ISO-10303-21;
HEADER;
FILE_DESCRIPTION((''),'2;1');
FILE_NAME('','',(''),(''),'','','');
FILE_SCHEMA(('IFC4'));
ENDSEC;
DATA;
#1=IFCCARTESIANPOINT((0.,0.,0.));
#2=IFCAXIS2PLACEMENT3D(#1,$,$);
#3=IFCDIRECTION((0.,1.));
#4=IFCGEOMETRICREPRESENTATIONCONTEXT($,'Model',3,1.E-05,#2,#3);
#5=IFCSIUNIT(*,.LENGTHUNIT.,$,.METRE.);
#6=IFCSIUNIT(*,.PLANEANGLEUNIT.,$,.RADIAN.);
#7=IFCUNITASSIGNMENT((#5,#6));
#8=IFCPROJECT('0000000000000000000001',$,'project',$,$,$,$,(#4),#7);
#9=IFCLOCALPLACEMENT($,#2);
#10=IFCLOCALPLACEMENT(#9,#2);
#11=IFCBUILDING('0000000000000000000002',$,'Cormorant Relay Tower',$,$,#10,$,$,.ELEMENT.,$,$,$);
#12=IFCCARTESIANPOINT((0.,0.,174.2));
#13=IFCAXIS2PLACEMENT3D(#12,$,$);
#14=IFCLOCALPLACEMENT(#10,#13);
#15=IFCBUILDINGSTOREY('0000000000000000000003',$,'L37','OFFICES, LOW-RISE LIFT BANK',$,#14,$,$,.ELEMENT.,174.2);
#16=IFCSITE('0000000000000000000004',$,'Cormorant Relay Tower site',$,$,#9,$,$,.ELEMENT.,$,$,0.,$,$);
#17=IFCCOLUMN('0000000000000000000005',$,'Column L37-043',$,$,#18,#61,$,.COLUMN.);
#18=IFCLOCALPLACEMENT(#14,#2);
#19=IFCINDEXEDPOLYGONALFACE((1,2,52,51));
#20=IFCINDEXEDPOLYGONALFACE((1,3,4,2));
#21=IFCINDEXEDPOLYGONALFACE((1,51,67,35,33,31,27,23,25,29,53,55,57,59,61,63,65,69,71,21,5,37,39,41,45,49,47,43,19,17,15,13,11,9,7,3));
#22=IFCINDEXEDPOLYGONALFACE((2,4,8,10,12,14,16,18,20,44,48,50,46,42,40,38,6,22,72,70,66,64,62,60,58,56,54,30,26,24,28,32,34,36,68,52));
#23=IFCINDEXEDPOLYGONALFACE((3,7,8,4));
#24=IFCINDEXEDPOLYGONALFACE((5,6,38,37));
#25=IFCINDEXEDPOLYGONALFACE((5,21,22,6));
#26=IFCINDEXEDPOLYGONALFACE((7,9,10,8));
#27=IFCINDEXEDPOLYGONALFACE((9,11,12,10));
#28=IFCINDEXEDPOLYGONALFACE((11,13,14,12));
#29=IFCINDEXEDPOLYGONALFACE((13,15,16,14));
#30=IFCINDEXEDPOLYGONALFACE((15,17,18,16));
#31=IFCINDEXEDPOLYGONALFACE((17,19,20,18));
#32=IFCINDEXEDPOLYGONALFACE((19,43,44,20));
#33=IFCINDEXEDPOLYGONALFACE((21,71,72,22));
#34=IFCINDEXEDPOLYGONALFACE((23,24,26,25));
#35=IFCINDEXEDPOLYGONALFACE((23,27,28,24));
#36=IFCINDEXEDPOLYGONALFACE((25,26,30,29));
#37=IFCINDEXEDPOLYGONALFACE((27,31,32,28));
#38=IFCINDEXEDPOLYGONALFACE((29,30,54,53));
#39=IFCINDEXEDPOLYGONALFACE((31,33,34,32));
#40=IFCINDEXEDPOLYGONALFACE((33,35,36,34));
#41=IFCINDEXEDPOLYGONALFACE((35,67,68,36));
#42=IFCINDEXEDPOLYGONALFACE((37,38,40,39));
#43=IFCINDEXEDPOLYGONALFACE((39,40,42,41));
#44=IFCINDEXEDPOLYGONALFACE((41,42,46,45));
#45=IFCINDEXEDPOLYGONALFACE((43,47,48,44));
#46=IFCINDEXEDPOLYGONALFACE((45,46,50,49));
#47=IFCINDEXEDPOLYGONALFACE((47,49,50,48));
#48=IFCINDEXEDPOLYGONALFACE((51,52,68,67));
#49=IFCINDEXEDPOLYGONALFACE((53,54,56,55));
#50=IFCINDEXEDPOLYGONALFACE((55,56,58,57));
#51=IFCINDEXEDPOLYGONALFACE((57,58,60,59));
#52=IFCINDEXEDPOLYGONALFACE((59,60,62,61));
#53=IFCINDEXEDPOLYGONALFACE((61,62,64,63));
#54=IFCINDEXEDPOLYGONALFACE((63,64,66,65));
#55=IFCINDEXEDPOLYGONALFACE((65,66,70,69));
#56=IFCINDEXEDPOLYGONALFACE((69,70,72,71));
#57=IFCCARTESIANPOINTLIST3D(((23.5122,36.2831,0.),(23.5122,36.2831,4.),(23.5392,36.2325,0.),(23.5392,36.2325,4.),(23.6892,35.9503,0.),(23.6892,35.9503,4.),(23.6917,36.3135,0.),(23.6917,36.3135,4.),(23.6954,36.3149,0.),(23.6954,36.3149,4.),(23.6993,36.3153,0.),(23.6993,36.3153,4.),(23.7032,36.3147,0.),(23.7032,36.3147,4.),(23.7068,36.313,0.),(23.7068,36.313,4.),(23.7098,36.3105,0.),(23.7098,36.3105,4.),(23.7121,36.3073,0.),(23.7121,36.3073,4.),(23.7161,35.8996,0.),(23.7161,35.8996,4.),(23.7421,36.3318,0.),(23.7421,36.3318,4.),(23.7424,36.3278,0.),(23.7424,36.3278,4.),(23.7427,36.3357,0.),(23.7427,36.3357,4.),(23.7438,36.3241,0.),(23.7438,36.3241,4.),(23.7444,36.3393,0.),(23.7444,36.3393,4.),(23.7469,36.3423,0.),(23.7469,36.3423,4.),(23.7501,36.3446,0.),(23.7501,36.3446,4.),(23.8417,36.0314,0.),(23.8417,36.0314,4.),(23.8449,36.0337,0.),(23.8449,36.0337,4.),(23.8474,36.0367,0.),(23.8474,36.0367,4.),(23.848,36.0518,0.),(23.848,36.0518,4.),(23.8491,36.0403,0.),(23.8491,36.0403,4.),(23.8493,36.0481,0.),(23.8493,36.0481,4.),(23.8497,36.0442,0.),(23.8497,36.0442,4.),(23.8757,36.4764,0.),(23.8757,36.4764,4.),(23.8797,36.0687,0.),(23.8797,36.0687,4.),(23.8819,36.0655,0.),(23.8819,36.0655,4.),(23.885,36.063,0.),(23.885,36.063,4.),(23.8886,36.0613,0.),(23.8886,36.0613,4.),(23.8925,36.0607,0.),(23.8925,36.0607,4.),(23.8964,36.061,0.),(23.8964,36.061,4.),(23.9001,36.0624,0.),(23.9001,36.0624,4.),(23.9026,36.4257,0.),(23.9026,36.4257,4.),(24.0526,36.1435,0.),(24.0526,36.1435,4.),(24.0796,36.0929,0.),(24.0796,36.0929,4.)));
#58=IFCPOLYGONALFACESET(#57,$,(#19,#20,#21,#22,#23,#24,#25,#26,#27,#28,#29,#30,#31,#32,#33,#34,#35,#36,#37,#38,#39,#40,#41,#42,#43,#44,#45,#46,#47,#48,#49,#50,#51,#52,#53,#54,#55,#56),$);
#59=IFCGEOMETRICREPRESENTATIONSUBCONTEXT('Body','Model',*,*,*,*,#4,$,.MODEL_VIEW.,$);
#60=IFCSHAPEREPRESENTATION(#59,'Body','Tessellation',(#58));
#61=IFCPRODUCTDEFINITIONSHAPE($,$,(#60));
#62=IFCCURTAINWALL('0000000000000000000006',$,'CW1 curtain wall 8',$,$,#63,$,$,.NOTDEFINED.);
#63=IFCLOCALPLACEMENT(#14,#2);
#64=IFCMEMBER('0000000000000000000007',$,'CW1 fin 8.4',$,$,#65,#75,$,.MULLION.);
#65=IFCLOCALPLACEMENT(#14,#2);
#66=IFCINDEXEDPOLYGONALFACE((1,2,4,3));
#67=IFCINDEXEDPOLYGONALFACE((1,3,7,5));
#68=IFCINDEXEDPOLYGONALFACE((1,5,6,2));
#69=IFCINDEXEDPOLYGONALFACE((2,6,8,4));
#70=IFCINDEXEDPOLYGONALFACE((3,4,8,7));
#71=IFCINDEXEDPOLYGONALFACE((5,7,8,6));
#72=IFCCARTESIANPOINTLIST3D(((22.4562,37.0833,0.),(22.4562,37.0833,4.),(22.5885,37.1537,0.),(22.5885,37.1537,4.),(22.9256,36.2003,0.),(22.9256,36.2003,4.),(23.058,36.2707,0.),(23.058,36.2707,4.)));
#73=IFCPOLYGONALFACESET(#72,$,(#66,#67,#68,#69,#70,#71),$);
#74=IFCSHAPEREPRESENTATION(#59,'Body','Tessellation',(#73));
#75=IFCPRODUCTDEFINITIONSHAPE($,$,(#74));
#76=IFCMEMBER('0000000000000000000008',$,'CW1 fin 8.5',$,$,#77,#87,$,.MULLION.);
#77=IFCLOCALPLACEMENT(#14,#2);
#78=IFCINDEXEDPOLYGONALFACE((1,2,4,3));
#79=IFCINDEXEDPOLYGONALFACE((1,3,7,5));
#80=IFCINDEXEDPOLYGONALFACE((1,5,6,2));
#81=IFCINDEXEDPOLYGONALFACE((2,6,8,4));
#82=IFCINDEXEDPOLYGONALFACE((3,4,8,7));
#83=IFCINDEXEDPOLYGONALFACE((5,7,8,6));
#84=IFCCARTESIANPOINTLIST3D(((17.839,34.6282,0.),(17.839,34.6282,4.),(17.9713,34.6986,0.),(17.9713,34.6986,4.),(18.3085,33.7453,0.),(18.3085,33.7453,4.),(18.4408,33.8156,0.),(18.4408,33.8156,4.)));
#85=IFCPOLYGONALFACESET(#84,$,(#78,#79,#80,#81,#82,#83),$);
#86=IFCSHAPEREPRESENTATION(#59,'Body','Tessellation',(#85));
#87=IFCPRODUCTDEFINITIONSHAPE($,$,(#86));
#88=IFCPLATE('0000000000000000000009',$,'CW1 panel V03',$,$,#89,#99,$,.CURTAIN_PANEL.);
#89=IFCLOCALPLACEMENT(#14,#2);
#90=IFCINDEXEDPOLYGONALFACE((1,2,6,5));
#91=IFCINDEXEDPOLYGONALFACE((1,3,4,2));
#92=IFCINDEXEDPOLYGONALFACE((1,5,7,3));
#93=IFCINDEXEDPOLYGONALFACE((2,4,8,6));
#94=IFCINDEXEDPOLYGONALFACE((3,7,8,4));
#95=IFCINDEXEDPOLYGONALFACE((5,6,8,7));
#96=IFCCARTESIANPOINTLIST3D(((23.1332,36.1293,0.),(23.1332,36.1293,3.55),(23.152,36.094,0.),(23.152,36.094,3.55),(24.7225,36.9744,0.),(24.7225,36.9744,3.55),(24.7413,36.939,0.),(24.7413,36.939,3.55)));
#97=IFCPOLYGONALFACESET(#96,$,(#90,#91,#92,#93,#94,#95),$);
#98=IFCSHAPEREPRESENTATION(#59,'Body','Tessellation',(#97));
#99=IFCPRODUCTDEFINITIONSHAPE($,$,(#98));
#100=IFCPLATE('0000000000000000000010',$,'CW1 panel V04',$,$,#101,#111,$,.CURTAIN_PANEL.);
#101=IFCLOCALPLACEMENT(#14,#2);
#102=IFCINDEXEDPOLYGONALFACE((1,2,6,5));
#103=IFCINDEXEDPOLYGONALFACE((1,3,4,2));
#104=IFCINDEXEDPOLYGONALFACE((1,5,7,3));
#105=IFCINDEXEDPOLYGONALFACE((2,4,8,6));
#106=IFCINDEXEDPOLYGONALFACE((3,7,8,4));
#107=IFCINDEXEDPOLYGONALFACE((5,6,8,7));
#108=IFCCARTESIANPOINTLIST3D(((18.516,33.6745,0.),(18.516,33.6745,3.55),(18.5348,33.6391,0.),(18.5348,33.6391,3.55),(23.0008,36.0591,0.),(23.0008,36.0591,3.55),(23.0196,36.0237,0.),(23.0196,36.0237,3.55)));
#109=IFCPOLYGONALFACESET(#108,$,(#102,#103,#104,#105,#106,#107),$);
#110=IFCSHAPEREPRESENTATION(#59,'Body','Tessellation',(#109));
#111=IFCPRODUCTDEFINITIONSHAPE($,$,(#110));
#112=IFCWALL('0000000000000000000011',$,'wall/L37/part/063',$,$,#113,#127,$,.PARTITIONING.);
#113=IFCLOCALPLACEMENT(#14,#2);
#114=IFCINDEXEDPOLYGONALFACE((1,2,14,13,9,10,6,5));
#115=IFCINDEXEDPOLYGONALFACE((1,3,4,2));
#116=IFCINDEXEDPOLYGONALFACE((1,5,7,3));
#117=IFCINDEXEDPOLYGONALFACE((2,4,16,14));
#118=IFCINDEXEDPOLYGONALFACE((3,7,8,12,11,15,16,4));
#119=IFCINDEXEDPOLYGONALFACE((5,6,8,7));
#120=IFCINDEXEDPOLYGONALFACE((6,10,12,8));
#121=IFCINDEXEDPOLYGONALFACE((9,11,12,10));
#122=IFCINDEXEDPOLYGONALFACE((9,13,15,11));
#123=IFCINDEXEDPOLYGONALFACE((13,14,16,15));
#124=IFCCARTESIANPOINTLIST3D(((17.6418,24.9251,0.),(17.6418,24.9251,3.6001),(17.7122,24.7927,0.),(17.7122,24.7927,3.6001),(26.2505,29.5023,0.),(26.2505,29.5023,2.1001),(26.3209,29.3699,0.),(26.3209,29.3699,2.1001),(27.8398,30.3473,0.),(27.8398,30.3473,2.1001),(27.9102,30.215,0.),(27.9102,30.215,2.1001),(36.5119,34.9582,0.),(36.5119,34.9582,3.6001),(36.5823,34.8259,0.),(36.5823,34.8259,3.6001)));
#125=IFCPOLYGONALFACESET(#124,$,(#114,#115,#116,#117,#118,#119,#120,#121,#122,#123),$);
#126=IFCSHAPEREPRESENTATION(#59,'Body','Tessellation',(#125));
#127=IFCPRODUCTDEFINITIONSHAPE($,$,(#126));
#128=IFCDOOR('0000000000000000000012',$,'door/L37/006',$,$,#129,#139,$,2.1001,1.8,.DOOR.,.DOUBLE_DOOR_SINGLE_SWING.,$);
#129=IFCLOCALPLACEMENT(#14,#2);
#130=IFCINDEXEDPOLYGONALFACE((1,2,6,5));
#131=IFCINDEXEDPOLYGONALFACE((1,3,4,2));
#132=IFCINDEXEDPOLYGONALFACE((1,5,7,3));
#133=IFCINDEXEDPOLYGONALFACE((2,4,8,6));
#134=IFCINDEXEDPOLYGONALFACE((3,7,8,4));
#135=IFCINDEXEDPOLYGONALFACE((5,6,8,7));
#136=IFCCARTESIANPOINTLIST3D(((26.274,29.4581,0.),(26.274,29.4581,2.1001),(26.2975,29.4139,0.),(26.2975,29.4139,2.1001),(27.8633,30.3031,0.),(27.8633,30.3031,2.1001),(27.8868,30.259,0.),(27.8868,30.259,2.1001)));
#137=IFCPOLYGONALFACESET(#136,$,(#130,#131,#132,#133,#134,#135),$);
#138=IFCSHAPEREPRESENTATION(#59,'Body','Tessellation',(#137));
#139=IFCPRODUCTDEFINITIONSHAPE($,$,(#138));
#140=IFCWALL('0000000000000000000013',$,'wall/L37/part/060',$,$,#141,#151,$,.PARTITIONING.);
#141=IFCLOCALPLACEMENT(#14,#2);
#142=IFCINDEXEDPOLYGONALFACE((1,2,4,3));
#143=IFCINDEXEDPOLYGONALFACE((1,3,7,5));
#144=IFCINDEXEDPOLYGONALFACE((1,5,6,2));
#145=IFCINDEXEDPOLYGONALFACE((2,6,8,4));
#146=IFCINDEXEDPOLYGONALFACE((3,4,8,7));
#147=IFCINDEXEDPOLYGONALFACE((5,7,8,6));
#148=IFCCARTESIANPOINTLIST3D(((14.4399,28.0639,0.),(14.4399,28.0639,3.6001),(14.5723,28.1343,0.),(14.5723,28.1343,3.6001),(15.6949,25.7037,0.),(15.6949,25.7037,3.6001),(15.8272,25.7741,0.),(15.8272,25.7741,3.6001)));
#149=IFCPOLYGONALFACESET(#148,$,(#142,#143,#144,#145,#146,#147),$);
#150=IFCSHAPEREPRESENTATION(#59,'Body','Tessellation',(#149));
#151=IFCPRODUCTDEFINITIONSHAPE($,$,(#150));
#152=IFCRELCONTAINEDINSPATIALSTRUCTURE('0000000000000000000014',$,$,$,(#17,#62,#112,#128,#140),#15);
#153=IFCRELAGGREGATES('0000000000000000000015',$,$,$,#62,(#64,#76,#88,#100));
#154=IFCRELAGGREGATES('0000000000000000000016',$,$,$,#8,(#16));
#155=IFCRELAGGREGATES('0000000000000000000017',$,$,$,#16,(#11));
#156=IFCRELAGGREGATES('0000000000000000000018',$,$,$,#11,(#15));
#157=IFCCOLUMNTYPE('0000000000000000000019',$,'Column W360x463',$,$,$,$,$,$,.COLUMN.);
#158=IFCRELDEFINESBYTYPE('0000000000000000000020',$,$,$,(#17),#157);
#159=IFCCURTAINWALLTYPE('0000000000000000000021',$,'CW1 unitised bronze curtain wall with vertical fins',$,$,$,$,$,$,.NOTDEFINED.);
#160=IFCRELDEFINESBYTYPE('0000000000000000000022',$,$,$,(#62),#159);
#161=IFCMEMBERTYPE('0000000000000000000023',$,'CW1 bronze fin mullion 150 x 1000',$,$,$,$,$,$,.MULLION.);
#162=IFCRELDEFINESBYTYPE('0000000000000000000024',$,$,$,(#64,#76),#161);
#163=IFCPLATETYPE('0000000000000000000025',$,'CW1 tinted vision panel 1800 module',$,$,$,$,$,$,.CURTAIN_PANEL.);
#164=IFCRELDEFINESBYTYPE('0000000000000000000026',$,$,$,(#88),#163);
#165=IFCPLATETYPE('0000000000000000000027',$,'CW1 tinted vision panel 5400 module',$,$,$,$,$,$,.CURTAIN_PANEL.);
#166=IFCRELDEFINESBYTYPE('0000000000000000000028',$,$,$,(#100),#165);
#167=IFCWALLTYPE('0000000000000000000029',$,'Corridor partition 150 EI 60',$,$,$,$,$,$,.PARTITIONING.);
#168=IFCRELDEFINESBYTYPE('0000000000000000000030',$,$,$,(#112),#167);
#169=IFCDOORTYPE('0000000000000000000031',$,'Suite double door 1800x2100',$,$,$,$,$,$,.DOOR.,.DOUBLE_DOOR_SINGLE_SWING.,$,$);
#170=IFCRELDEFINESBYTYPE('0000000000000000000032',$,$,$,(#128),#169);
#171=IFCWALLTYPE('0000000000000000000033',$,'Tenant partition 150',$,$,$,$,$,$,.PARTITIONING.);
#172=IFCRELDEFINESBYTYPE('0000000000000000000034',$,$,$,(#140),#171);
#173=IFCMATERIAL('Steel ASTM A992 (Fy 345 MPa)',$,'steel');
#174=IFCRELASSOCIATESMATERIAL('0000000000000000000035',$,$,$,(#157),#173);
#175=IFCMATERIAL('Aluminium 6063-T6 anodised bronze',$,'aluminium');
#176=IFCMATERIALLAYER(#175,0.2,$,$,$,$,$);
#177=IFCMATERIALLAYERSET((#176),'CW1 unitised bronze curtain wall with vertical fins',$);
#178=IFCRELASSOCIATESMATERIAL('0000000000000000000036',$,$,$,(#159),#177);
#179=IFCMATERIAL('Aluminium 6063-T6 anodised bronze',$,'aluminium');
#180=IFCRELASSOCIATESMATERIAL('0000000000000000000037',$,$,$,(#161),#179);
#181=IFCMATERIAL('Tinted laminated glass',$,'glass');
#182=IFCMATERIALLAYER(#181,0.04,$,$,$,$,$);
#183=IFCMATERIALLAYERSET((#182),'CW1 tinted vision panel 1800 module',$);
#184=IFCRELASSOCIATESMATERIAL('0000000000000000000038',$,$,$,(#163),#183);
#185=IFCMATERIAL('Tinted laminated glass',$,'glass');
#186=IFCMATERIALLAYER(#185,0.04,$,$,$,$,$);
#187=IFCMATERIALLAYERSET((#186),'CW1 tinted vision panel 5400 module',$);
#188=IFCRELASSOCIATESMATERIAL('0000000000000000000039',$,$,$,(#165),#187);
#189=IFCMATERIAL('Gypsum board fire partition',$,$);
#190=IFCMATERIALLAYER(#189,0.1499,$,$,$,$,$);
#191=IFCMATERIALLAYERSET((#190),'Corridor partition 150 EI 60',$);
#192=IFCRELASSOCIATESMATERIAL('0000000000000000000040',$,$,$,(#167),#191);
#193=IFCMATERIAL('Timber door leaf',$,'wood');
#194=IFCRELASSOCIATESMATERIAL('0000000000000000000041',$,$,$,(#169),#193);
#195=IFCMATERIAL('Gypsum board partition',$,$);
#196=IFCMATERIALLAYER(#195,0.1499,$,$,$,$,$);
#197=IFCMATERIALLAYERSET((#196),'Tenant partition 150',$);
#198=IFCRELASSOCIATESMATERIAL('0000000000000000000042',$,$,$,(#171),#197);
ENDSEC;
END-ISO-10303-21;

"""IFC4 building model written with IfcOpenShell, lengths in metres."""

from ifc_helpers import new_model, si_unit, direction, frame, frame_2d, origin, origin_2d, place, context, subcontext, project, spatial, rectangle, i_section, extrude, material, layer, layer_set, material_profile, profile_set, type_object, element, fill, aggregate, save


model = new_model("IFC4")

# Units and contexts
model_context = context("Model", 3, precision=1e-05, world=origin(), true_north=direction((0.0, 1.0)))
body_context = subcontext(model_context, "Body", "Model", "MODEL_VIEW")
ifc_project = project(units=[si_unit("LENGTHUNIT", "METRE"), si_unit("PLANEANGLEUNIT", "RADIAN")], contexts=[model_context])

# Site, building, storey
site_placement = place(None, origin())
site = spatial("IfcSite", under=ifc_project, at=site_placement, Name="Cormorant Relay Tower site", CompositionType="ELEMENT", RefElevation=0.0)
building_placement = place(site_placement, origin())
building = spatial("IfcBuilding", under=site, at=building_placement, Name="Cormorant Relay Tower", CompositionType="ELEMENT")
storey_placement = place(building_placement, frame((0.0, 0.0, 174.2)))
storey = spatial("IfcBuildingStorey", under=building, at=storey_placement, Name="L37", Description="OFFICES, LOW-RISE LIFT BANK", CompositionType="ELEMENT", Elevation=174.2)

# Column
ifc_material_1 = material(Name="Steel ASTM A992 (Fy 345 MPa)", Category="steel")
ifc_material_profile_1 = material_profile(ifc_material_1, i_section(OverallWidth=0.4116, OverallDepth=0.4343, WebThickness=0.0359, FlangeThickness=0.0574, FilletRadius=0.0151, at=origin_2d()), Name="W360x463")
ifc_profile_set_1 = profile_set([ifc_material_profile_1], Name="Steel ASTM A992 (Fy 345 MPa)")
column_type = type_object("IfcColumnType", Name="Column W360x463", PredefinedType="COLUMN", material=ifc_profile_set_1)
column_placement = place(storey_placement, frame((23.7959, 36.188, 0.0), z_axis=(0.0, 0.0, 1.0), x_axis=(-0.882948, -0.469472, 0.0)))
element("IfcColumn", 1, at=column_placement, inside=storey, type_object=column_type, Name="Column L37-043", PredefinedType="COLUMN", context=body_context, shape_type="SweptSolid", body=[
    extrude(i_section(OverallWidth=0.4116, OverallDepth=0.4343, WebThickness=0.0359, FlangeThickness=0.0574, FilletRadius=0.0151, at=origin_2d()), origin(), (0.0, 0.0, 1.0), 4.0),
])

# Curtain wall, members, plates
ifc_material_2 = material(Name="Aluminium 6063-T6 anodised bronze", Category="aluminium")
ifc_layer_1 = layer(ifc_material_2, 0.2)
ifc_layer_set_1 = layer_set([ifc_layer_1], Name="CW1 unitised bronze curtain wall with vertical fins")
curtain_wall_type = type_object("IfcCurtainWallType", Name="CW1 unitised bronze curtain wall with vertical fins", PredefinedType="NOTDEFINED", material=ifc_layer_set_1)
curtain_wall_placement = place(storey_placement, origin())
curtain_wall = element("IfcCurtainWall", 2, at=curtain_wall_placement, inside=storey, type_object=curtain_wall_type, Name="CW1 curtain wall 8", PredefinedType="NOTDEFINED")
ifc_material_3 = material(Name="Aluminium 6063-T6 anodised bronze", Category="aluminium")
ifc_material_profile_2 = material_profile(ifc_material_3, rectangle(XDim=0.1499, YDim=1.0, at=origin_2d()), Name="AL 150x1000")
ifc_profile_set_2 = profile_set([ifc_material_profile_2], Name="Aluminium 6063-T6 anodised bronze")
member_type = type_object("IfcMemberType", Name="CW1 bronze fin mullion 150 x 1000", PredefinedType="MULLION", material=ifc_profile_set_2)
member_1_placement = place(storey_placement, frame((22.7571, 36.677, 0.0), z_axis=(0.0, 0.0, 1.0), x_axis=(-0.882948, -0.469472, 0.0)))
member_1 = element("IfcMember", 3, at=member_1_placement, type_object=member_type, Name="CW1 fin 8.4", PredefinedType="MULLION", context=body_context, shape_type="SweptSolid", body=[
    extrude(rectangle(XDim=0.1499, YDim=1.0, at=origin_2d()), origin(), (0.0, 0.0, 1.0), 4.0),
])
member_2_placement = place(storey_placement, frame((18.1399, 34.2219, 0.0), z_axis=(0.0, 0.0, 1.0), x_axis=(-0.882948, -0.469472, 0.0)))
member_2 = element("IfcMember", 4, at=member_2_placement, type_object=member_type, Name="CW1 fin 8.5", PredefinedType="MULLION", context=body_context, shape_type="SweptSolid", body=[
    extrude(rectangle(XDim=0.1499, YDim=1.0, at=origin_2d()), origin(), (0.0, 0.0, 1.0), 4.0),
])
ifc_material_4 = material(Name="Tinted laminated glass", Category="glass")
ifc_layer_2 = layer(ifc_material_4, 0.04)
ifc_layer_set_2 = layer_set([ifc_layer_2], Name="CW1 tinted vision panel 1800 module")
plate_type_1 = type_object("IfcPlateType", Name="CW1 tinted vision panel 1800 module", PredefinedType="CURTAIN_PANEL", material=ifc_layer_set_2)
plate_1_placement = place(storey_placement, frame((23.9373, 36.5342, 0.0), z_axis=(0.0, 0.0, 1.0), x_axis=(-0.882948, -0.469472, 0.0)))
plate_1 = element("IfcPlate", 5, at=plate_1_placement, type_object=plate_type_1, Name="CW1 panel V03", PredefinedType="CURTAIN_PANEL", context=body_context, shape_type="SweptSolid", body=[
    extrude(rectangle(XDim=1.8, YDim=0.04, at=origin_2d()), origin(), (0.0, 0.0, 1.0), 3.55),
])
ifc_material_5 = material(Name="Tinted laminated glass", Category="glass")
ifc_layer_3 = layer(ifc_material_5, 0.04)
ifc_layer_set_3 = layer_set([ifc_layer_3], Name="CW1 tinted vision panel 5400 module")
plate_type_2 = type_object("IfcPlateType", Name="CW1 tinted vision panel 5400 module", PredefinedType="CURTAIN_PANEL", material=ifc_layer_set_3)
plate_2_placement = place(storey_placement, frame((20.7678, 34.8491, 0.0), z_axis=(0.0, 0.0, 1.0), x_axis=(-0.882948, -0.469472, 0.0)))
plate_2 = element("IfcPlate", 6, at=plate_2_placement, type_object=plate_type_2, Name="CW1 panel V04", PredefinedType="CURTAIN_PANEL", context=body_context, shape_type="SweptSolid", body=[
    extrude(rectangle(XDim=5.0793, YDim=0.04, at=origin_2d()), origin(), (0.0, 0.0, 1.0), 3.55),
])

# Wall, opening, door
ifc_material_6 = material(Name="Gypsum board fire partition")
ifc_layer_4 = layer(ifc_material_6, 0.1499)
ifc_layer_set_4 = layer_set([ifc_layer_4], Name="Corridor partition 150 EI 60")
wall_type_1 = type_object("IfcWallType", Name="Corridor partition 150 EI 60", PredefinedType="PARTITIONING", material=ifc_layer_set_4)
wall_1_placement = place(storey_placement, frame((17.677, 24.8589, 0.0), z_axis=(0.0, 0.0, 1.0), x_axis=(0.882952, 0.469464, 0.0)))
wall_1 = element("IfcWall", 7, at=wall_1_placement, inside=storey, type_object=wall_type_1, Name="wall/L37/part/063", PredefinedType="PARTITIONING", context=body_context, shape_type="SweptSolid", body=[
    extrude(rectangle(XDim=21.3716, YDim=0.1499, at=frame_2d((10.6858, 0.0))), origin(), (0.0, 0.0, 1.0), 3.6001),
])
opening_placement = place(wall_1_placement, frame((9.75, 0.0, 0.0)))
opening = element("IfcOpeningElement", 8, at=opening_placement, cuts=wall_1, PredefinedType="OPENING", context=body_context, shape_type="SweptSolid", body=[
    extrude(rectangle(XDim=1.8, YDim=2.1001, at=frame_2d((0.8999, 1.05))), frame((0.0, 0.085, 0.0), z_axis=(0.0, -1.0, 0.0), x_axis=(1.0, 0.0, 0.0)), (0.0, 0.0, 1.0), 0.1699),
])
ifc_material_7 = material(Name="Timber door leaf", Category="wood")
door_type = type_object("IfcDoorType", Name="Suite double door 1800x2100", OperationType="DOUBLE_DOOR_SINGLE_SWING", PredefinedType="DOOR", material=ifc_material_7)
door_placement = place(opening_placement, origin())
door = element("IfcDoor", 9, at=door_placement, inside=storey, type_object=door_type, Name="door/L37/006", OperationType="DOUBLE_DOOR_SINGLE_SWING", OverallHeight=2.1001, OverallWidth=1.8, PredefinedType="DOOR", context=body_context, shape_type="SweptSolid", body=[
    extrude(rectangle(XDim=1.8, YDim=2.1001, at=frame_2d((0.8999, 1.05))), frame((0.0, 0.0249, 0.0), z_axis=(0.0, -1.0, 0.0), x_axis=(1.0, 0.0, 0.0)), (0.0, 0.0, 1.0), 0.05),
])
fill(opening, door)

# Wall
ifc_material_8 = material(Name="Gypsum board partition")
ifc_layer_5 = layer(ifc_material_8, 0.1499)
ifc_layer_set_5 = layer_set([ifc_layer_5], Name="Tenant partition 150")
wall_type_2 = type_object("IfcWallType", Name="Tenant partition 150", PredefinedType="PARTITIONING", material=ifc_layer_set_5)
wall_2_placement = place(storey_placement, frame((15.761, 25.739, 0.0), z_axis=(0.0, 0.0, 1.0), x_axis=(-0.469469, 0.882949, 0.0)))
element("IfcWall", 10, at=wall_2_placement, inside=storey, type_object=wall_type_2, Name="wall/L37/part/060", PredefinedType="PARTITIONING", context=body_context, shape_type="SweptSolid", body=[
    extrude(rectangle(XDim=2.6731, YDim=0.1499, at=frame_2d((1.3364, 0.0))), origin(), (0.0, 0.0, 1.0), 3.6001),
])

aggregate(curtain_wall, [member_1, member_2, plate_1, plate_2])

save(model, "model.ifc")
